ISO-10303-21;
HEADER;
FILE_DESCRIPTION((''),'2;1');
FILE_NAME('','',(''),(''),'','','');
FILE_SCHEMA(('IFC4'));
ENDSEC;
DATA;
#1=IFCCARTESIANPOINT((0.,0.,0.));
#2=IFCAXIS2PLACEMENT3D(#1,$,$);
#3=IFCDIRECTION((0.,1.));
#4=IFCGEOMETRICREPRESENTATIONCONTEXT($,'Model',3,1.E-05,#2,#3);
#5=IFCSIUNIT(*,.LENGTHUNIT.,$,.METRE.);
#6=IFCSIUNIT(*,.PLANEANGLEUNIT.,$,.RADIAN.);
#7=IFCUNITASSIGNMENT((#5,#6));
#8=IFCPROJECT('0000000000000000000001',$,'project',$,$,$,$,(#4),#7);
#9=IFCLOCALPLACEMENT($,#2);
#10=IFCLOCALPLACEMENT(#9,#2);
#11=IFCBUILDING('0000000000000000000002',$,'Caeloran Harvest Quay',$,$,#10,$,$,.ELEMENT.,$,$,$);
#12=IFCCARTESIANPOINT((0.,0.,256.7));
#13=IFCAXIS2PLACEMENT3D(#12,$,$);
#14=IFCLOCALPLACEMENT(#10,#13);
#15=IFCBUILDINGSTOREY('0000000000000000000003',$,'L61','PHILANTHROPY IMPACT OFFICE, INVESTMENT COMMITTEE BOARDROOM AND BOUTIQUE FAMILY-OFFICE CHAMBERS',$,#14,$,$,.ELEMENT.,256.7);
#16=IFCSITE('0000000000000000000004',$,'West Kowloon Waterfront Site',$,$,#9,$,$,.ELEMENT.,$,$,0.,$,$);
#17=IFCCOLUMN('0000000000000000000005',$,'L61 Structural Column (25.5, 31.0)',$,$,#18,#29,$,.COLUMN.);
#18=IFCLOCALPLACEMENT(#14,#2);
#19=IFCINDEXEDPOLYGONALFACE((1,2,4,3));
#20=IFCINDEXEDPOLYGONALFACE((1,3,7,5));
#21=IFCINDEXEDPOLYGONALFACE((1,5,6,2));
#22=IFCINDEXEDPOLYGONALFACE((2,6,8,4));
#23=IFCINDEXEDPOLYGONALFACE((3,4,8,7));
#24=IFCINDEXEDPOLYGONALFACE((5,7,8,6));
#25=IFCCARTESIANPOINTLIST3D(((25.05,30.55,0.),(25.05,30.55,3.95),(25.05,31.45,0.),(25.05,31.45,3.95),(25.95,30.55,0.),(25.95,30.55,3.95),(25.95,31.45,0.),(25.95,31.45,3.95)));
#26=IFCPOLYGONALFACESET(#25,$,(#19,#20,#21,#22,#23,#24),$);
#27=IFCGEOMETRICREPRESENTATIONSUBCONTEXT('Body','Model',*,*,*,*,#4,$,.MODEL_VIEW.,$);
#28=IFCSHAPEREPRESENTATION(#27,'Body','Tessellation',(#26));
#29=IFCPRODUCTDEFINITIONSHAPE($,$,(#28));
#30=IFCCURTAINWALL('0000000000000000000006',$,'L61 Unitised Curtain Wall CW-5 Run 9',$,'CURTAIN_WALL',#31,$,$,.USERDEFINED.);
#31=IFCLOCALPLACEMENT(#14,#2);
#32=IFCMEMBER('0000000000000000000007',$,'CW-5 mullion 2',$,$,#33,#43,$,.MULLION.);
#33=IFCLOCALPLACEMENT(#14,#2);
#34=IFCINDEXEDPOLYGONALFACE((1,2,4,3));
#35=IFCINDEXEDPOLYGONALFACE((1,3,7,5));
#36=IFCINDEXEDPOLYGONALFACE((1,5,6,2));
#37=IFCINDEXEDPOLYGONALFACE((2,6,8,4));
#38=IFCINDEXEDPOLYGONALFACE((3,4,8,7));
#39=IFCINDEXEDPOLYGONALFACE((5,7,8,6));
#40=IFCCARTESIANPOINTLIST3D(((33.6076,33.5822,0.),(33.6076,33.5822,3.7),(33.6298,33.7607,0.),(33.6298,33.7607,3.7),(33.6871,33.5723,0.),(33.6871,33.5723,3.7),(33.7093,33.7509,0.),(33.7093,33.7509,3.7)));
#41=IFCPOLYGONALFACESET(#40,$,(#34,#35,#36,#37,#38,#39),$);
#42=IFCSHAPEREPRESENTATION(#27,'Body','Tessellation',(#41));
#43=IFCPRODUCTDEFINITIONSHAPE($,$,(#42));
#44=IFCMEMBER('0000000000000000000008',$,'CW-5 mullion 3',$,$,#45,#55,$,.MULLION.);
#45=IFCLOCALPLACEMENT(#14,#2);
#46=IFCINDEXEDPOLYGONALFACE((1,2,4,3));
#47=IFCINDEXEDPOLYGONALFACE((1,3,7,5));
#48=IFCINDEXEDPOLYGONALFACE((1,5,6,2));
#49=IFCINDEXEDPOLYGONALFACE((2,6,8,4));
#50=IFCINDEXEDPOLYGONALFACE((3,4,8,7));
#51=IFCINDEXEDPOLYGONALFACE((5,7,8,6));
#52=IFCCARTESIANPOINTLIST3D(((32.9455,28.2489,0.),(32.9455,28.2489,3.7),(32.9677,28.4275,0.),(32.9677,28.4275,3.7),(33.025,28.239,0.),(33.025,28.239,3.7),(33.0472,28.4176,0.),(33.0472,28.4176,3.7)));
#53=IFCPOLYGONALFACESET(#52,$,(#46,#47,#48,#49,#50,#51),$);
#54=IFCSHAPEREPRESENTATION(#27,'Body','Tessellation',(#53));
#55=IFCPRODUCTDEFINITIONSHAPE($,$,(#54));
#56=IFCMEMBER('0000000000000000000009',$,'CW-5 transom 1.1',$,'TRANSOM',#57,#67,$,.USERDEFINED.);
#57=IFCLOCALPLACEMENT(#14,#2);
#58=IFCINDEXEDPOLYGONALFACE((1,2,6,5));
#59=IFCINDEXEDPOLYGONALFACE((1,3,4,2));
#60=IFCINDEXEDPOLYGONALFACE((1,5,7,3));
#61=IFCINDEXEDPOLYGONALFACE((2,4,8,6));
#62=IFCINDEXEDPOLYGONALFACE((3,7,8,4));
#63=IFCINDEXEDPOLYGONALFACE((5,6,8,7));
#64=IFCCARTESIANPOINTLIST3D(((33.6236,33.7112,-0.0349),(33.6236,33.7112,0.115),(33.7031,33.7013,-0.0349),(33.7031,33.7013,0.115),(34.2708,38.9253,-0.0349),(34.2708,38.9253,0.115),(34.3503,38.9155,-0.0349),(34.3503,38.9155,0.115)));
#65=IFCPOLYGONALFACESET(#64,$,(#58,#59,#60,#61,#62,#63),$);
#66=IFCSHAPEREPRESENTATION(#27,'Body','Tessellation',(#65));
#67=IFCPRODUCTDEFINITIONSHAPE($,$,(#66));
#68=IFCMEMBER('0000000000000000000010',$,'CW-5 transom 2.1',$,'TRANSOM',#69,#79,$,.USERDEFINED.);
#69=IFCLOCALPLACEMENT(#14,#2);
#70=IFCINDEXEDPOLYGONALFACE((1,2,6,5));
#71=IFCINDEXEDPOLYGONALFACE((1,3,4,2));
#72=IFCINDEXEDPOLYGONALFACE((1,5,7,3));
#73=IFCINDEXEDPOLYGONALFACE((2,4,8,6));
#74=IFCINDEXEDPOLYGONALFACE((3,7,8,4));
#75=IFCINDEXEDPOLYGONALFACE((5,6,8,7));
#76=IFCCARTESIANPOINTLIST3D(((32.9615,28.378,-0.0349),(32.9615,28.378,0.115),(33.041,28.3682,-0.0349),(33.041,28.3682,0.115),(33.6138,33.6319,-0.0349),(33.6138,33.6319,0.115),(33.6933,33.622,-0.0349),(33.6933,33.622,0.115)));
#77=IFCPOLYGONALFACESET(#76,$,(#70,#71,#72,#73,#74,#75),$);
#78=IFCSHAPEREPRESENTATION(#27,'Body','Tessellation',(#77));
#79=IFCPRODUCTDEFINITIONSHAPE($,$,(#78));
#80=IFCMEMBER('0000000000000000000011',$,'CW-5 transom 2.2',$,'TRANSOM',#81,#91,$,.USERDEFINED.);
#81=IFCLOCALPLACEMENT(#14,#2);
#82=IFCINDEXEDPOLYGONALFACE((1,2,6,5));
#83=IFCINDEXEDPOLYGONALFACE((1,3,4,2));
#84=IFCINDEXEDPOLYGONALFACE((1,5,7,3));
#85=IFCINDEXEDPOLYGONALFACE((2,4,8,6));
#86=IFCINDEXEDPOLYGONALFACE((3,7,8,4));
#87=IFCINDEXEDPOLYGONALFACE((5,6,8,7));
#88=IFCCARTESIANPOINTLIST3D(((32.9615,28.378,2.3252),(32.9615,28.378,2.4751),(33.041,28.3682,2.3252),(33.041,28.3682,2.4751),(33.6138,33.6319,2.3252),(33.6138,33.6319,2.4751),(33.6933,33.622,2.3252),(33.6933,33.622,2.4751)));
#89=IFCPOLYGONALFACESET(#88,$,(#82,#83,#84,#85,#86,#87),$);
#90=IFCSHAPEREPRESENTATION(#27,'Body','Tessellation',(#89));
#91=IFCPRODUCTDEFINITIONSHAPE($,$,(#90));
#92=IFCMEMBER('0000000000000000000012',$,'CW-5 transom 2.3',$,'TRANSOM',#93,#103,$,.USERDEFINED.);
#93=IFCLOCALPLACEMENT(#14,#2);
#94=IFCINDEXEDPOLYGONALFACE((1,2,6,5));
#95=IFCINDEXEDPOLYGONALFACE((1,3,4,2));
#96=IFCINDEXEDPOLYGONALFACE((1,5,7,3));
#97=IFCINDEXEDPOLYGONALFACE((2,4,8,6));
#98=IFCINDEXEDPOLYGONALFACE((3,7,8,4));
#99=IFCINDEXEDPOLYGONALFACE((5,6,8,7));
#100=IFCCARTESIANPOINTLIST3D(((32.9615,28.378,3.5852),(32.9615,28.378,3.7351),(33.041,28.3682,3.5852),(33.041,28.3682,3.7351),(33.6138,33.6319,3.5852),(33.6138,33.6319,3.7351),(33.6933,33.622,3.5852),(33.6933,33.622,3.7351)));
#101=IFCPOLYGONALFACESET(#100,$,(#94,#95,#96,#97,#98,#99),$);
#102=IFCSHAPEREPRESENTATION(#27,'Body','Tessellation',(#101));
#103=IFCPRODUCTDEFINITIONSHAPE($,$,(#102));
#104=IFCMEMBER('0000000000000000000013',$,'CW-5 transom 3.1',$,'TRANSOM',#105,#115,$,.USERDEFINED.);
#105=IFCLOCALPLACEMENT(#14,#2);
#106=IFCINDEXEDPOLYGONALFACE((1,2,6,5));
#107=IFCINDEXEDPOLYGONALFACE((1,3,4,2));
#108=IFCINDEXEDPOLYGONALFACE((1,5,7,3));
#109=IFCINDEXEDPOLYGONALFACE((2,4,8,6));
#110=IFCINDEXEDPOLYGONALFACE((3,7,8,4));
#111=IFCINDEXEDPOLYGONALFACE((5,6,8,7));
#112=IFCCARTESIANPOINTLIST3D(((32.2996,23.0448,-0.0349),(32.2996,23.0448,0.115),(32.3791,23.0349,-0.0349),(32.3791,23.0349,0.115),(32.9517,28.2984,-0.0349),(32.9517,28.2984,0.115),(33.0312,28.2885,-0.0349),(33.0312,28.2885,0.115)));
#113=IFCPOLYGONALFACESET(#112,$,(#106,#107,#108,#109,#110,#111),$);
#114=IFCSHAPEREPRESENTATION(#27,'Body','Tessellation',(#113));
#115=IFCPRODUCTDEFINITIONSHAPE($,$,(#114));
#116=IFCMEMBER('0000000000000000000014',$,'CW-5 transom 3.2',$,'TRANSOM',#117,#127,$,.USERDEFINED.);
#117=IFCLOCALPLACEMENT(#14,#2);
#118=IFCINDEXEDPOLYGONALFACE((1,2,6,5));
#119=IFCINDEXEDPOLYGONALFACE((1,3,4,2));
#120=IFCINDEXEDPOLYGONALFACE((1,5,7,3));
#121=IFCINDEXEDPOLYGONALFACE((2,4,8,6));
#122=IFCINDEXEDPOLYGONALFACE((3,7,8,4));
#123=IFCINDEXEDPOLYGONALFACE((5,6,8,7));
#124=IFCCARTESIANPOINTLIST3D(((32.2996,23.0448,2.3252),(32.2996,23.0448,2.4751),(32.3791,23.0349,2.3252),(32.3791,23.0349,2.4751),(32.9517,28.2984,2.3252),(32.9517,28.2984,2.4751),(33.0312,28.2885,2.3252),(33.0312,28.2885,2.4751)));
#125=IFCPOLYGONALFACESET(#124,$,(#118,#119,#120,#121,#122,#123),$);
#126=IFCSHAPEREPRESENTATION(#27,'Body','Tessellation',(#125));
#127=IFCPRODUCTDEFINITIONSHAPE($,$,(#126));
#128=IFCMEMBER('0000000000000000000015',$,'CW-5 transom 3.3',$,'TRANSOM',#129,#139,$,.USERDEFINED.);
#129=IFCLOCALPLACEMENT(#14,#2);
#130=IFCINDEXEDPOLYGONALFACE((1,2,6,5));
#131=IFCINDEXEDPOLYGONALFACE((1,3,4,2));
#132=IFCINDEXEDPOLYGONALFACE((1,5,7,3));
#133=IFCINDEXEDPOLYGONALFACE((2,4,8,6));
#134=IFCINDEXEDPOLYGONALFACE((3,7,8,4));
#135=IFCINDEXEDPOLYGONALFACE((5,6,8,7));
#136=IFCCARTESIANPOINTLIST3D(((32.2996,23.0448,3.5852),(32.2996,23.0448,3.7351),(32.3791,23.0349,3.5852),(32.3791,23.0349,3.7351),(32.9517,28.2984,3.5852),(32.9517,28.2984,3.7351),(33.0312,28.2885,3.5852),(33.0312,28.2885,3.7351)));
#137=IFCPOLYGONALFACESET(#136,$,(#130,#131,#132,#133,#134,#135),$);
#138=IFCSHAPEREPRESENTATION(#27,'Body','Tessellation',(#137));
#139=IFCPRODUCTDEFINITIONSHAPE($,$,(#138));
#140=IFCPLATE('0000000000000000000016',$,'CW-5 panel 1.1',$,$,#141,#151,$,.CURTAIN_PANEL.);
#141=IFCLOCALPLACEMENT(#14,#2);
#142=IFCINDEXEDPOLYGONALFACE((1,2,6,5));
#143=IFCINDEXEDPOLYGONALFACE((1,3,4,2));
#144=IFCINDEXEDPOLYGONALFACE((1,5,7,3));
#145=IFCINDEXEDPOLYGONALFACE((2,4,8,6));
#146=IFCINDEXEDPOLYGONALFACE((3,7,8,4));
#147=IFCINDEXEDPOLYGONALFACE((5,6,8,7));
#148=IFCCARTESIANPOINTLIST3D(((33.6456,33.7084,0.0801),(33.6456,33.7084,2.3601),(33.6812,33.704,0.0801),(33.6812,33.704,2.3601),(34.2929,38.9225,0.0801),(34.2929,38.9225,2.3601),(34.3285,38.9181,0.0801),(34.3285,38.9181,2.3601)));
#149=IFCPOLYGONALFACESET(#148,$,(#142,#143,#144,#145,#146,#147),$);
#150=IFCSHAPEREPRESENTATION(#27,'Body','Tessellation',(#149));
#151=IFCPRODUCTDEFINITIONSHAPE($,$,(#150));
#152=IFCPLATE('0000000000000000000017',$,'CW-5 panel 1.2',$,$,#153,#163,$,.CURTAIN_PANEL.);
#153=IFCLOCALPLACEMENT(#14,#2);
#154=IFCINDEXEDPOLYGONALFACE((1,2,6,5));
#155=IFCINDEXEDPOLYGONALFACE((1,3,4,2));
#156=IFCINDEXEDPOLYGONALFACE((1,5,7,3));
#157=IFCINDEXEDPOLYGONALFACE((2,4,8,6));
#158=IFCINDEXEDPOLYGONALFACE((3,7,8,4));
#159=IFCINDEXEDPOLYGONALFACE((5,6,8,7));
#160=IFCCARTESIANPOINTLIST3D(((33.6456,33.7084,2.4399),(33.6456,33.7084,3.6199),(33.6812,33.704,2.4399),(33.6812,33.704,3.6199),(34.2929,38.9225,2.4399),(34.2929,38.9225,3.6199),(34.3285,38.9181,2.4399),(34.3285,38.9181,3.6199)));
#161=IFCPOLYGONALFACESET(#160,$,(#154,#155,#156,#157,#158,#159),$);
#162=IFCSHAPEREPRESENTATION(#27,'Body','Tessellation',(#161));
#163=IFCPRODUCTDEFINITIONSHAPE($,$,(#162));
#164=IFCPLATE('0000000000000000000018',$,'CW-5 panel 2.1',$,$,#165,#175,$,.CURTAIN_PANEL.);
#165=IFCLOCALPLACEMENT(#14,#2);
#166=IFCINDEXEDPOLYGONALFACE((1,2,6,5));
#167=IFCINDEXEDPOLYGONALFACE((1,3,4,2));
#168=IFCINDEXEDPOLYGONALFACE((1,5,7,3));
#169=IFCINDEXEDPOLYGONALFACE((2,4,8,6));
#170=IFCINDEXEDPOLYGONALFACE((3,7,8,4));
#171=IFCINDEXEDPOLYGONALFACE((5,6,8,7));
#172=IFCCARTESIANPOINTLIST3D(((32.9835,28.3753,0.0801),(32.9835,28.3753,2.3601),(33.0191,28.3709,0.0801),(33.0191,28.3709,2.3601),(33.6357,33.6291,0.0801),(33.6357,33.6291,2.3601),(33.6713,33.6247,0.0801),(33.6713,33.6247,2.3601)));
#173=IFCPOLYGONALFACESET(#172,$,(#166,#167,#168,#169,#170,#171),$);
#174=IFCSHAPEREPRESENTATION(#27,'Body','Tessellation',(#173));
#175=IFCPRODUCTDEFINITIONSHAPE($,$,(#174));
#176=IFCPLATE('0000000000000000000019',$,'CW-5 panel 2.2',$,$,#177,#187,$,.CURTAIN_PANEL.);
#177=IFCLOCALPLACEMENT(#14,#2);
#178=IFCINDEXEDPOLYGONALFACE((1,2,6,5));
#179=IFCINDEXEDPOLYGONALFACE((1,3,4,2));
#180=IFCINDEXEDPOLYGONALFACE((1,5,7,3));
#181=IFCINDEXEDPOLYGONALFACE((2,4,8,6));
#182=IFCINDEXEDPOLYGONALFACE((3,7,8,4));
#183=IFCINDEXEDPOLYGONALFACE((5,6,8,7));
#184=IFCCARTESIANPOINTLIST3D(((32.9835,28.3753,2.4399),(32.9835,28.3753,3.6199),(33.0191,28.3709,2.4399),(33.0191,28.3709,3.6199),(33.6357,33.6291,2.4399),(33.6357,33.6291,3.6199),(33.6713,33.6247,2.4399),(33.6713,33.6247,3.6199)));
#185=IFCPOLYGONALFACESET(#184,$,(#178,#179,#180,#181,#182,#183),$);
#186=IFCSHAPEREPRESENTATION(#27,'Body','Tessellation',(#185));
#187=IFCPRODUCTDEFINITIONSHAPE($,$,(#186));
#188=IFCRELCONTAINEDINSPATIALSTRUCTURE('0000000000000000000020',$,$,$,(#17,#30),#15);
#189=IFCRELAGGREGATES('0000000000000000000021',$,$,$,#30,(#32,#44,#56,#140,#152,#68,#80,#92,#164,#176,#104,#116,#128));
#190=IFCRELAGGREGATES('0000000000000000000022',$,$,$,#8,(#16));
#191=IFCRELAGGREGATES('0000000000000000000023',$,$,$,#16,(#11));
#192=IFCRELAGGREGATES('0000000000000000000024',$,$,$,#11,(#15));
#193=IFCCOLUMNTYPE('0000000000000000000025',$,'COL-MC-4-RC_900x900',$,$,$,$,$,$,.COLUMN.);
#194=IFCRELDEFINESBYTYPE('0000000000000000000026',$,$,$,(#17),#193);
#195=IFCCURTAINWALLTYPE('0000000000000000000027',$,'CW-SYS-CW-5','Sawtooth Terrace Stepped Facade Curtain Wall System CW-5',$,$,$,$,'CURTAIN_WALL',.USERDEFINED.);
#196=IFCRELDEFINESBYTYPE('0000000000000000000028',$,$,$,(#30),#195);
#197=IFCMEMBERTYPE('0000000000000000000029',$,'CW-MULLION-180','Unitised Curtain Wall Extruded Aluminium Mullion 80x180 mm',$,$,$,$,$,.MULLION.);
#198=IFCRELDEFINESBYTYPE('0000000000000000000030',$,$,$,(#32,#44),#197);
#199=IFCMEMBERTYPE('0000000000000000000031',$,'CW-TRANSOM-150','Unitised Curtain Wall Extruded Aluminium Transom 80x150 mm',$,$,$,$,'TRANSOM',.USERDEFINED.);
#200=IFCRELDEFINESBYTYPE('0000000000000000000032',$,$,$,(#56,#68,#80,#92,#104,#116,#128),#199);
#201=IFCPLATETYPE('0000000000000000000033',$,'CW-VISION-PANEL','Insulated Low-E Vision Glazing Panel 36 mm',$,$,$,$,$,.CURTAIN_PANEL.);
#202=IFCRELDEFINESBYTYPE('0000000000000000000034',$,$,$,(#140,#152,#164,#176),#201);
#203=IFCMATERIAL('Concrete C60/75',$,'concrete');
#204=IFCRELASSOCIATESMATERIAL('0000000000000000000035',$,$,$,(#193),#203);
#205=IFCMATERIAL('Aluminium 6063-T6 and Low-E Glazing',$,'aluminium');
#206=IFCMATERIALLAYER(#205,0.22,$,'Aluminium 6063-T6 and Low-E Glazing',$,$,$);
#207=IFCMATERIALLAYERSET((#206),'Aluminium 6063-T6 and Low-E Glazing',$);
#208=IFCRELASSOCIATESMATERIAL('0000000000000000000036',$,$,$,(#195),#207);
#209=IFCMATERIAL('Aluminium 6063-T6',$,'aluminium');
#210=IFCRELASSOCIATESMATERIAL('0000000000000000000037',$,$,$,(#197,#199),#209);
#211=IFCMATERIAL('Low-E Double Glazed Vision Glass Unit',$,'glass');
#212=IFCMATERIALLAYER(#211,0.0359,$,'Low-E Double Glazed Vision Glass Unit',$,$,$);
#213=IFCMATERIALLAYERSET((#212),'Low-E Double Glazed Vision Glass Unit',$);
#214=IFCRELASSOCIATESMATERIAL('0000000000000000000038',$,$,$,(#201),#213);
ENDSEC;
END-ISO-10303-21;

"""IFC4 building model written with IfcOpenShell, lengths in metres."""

from ifc_helpers import new_model, si_unit, direction, frame, origin, origin_2d, place, context, subcontext, project, spatial, rectangle, extrude, material, layer, layer_set, material_profile, profile_set, type_object, element, aggregate, save


model = new_model("IFC4")

# Units and contexts
model_context = context("Model", 3, precision=1e-05, world=origin(), true_north=direction((0.0, 1.0)))
body_context = subcontext(model_context, "Body", "Model", "MODEL_VIEW")
ifc_project = project(units=[si_unit("LENGTHUNIT", "METRE"), si_unit("PLANEANGLEUNIT", "RADIAN")], contexts=[model_context])

# Site, building, storey
site_placement = place(None, origin())
site = spatial("IfcSite", under=ifc_project, at=site_placement, Name="West Kowloon Waterfront Site", CompositionType="ELEMENT", RefElevation=0.0)
building_placement = place(site_placement, origin())
building = spatial("IfcBuilding", under=site, at=building_placement, Name="Caeloran Harvest Quay", CompositionType="ELEMENT")
storey_placement = place(building_placement, frame((0.0, 0.0, 256.7)))
storey = spatial("IfcBuildingStorey", under=building, at=storey_placement, Name="L61", Description="PHILANTHROPY IMPACT OFFICE, INVESTMENT COMMITTEE BOARDROOM AND BOUTIQUE FAMILY-OFFICE CHAMBERS", CompositionType="ELEMENT", Elevation=256.7)

# Column
ifc_material_1 = material(Name="Concrete C60/75", Category="concrete")
ifc_material_profile_1 = material_profile(ifc_material_1, rectangle(XDim=0.8999, YDim=0.8999, at=origin_2d()), Name="RC 900x900")
ifc_profile_set_1 = profile_set([ifc_material_profile_1], Name="Concrete C60/75")
column_type = type_object("IfcColumnType", Name="COL-MC-4-RC_900x900", PredefinedType="COLUMN", material=ifc_profile_set_1)
column_placement = place(storey_placement, frame((25.5, 31.0, 0.0), z_axis=(0.0, 0.0, 1.0), x_axis=(1.0, 0.0, 0.0)))
element("IfcColumn", 1, at=column_placement, inside=storey, type_object=column_type, Name="L61 Structural Column (25.5, 31.0)", PredefinedType="COLUMN", context=body_context, shape_type="SweptSolid", body=[
    extrude(rectangle(XDim=0.8999, YDim=0.8999, at=origin_2d()), origin(), (0.0, 0.0, 1.0), 3.95),
])

# Curtain wall, members, plates
ifc_material_2 = material(Name="Aluminium 6063-T6 and Low-E Glazing", Category="aluminium")
ifc_layer_1 = layer(ifc_material_2, 0.22, Name="Aluminium 6063-T6 and Low-E Glazing")
ifc_layer_set_1 = layer_set([ifc_layer_1], Name="Aluminium 6063-T6 and Low-E Glazing")
curtain_wall_type = type_object("IfcCurtainWallType", Name="CW-SYS-CW-5", Description="Sawtooth Terrace Stepped Facade Curtain Wall System CW-5", ElementType="CURTAIN_WALL", PredefinedType="USERDEFINED", material=ifc_layer_set_1)
curtain_wall_placement = place(storey_placement, origin())
curtain_wall = element("IfcCurtainWall", 2, at=curtain_wall_placement, inside=storey, type_object=curtain_wall_type, Name="L61 Unitised Curtain Wall CW-5 Run 9", ObjectType="CURTAIN_WALL", PredefinedType="USERDEFINED")
ifc_material_3 = material(Name="Aluminium 6063-T6", Category="aluminium")
ifc_material_profile_2 = material_profile(ifc_material_3, rectangle(XDim=0.0801, YDim=0.1799, at=origin_2d()), Name="CW-MULLION-180")
ifc_profile_set_2 = profile_set([ifc_material_profile_2], Name="Aluminium 6063-T6")
member_type_1 = type_object("IfcMemberType", Name="CW-MULLION-180", Description="Unitised Curtain Wall Extruded Aluminium Mullion 80x180 mm", PredefinedType="MULLION", material=ifc_profile_set_2)
member_1_placement = place(storey_placement, frame((33.6584, 33.6665, 0.0), z_axis=(0.0, 0.0, 1.0), x_axis=(0.992383, -0.12319, 0.0)))
member_1 = element("IfcMember", 3, at=member_1_placement, type_object=member_type_1, Name="CW-5 mullion 2", PredefinedType="MULLION", context=body_context, shape_type="SweptSolid", body=[
    extrude(rectangle(XDim=0.0801, YDim=0.1799, at=origin_2d()), origin(), (0.0, 0.0, 1.0), 3.7),
])
member_2_placement = place(storey_placement, frame((32.9963, 28.3333, 0.0), z_axis=(0.0, 0.0, 1.0), x_axis=(0.992383, -0.12319, 0.0)))
member_2 = element("IfcMember", 4, at=member_2_placement, type_object=member_type_1, Name="CW-5 mullion 3", PredefinedType="MULLION", context=body_context, shape_type="SweptSolid", body=[
    extrude(rectangle(XDim=0.0801, YDim=0.1799, at=origin_2d()), origin(), (0.0, 0.0, 1.0), 3.7),
])
ifc_material_profile_3 = material_profile(ifc_material_3, rectangle(XDim=0.0801, YDim=0.1499, at=origin_2d()), Name="CW-TRANSOM-150")
ifc_profile_set_3 = profile_set([ifc_material_profile_3], Name="Aluminium 6063-T6")
member_type_2 = type_object("IfcMemberType", Name="CW-TRANSOM-150", Description="Unitised Curtain Wall Extruded Aluminium Transom 80x150 mm", ElementType="TRANSOM", PredefinedType="USERDEFINED", material=ifc_profile_set_3)
member_3_placement = place(storey_placement, frame((34.3105, 38.9204, 0.04), z_axis=(-0.123183, -0.992384, 0.0), x_axis=(0.992384, -0.123183, 0.0)))
member_3 = element("IfcMember", 5, at=member_3_placement, type_object=member_type_2, Name="CW-5 transom 1.1", ObjectType="TRANSOM", PredefinedType="USERDEFINED", context=body_context, shape_type="SweptSolid", body=[
    extrude(rectangle(XDim=0.0801, YDim=0.1499, at=origin_2d()), origin(), (0.0, 0.0, 1.0), 5.2542),
])
member_4_placement = place(storey_placement, frame((33.6536, 33.627, 0.04), z_axis=(-0.123217, -0.99238, 0.0), x_axis=(0.99238, -0.123217, 0.0)))
member_4 = element("IfcMember", 6, at=member_4_placement, type_object=member_type_2, Name="CW-5 transom 2.1", ObjectType="TRANSOM", PredefinedType="USERDEFINED", context=body_context, shape_type="SweptSolid", body=[
    extrude(rectangle(XDim=0.0801, YDim=0.1499, at=origin_2d()), origin(), (0.0, 0.0, 1.0), 5.2942),
])
member_5_placement = place(storey_placement, frame((33.6536, 33.627, 2.4001), z_axis=(-0.123217, -0.99238, 0.0), x_axis=(0.99238, -0.123217, 0.0)))
member_5 = element("IfcMember", 7, at=member_5_placement, type_object=member_type_2, Name="CW-5 transom 2.2", ObjectType="TRANSOM", PredefinedType="USERDEFINED", context=body_context, shape_type="SweptSolid", body=[
    extrude(rectangle(XDim=0.0801, YDim=0.1499, at=origin_2d()), origin(), (0.0, 0.0, 1.0), 5.2942),
])
member_6_placement = place(storey_placement, frame((33.6536, 33.627, 3.6602), z_axis=(-0.123217, -0.99238, 0.0), x_axis=(0.99238, -0.123217, 0.0)))
member_6 = element("IfcMember", 8, at=member_6_placement, type_object=member_type_2, Name="CW-5 transom 2.3", ObjectType="TRANSOM", PredefinedType="USERDEFINED", context=body_context, shape_type="SweptSolid", body=[
    extrude(rectangle(XDim=0.0801, YDim=0.1499, at=origin_2d()), origin(), (0.0, 0.0, 1.0), 5.2942),
])
member_7_placement = place(storey_placement, frame((32.9915, 28.2935, 0.04), z_axis=(-0.123178, -0.992385, 0.0), x_axis=(0.992385, -0.123178, 0.0)))
member_7 = element("IfcMember", 9, at=member_7_placement, type_object=member_type_2, Name="CW-5 transom 3.1", ObjectType="TRANSOM", PredefinedType="USERDEFINED", context=body_context, shape_type="SweptSolid", body=[
    extrude(rectangle(XDim=0.0801, YDim=0.1499, at=origin_2d()), origin(), (0.0, 0.0, 1.0), 5.2939),
])
member_8_placement = place(storey_placement, frame((32.9915, 28.2935, 2.4001), z_axis=(-0.123178, -0.992385, 0.0), x_axis=(0.992385, -0.123178, 0.0)))
member_8 = element("IfcMember", 10, at=member_8_placement, type_object=member_type_2, Name="CW-5 transom 3.2", ObjectType="TRANSOM", PredefinedType="USERDEFINED", context=body_context, shape_type="SweptSolid", body=[
    extrude(rectangle(XDim=0.0801, YDim=0.1499, at=origin_2d()), origin(), (0.0, 0.0, 1.0), 5.2939),
])
member_9_placement = place(storey_placement, frame((32.9915, 28.2935, 3.6602), z_axis=(-0.123178, -0.992385, 0.0), x_axis=(0.992385, -0.123178, 0.0)))
member_9 = element("IfcMember", 11, at=member_9_placement, type_object=member_type_2, Name="CW-5 transom 3.3", ObjectType="TRANSOM", PredefinedType="USERDEFINED", context=body_context, shape_type="SweptSolid", body=[
    extrude(rectangle(XDim=0.0801, YDim=0.1499, at=origin_2d()), origin(), (0.0, 0.0, 1.0), 5.2939),
])
ifc_material_4 = material(Name="Low-E Double Glazed Vision Glass Unit", Category="glass")
ifc_layer_2 = layer(ifc_material_4, 0.0359, Name="Low-E Double Glazed Vision Glass Unit")
ifc_layer_set_2 = layer_set([ifc_layer_2], Name="Low-E Double Glazed Vision Glass Unit")
plate_type = type_object("IfcPlateType", Name="CW-VISION-PANEL", Description="Insulated Low-E Vision Glazing Panel 36 mm", PredefinedType="CURTAIN_PANEL", material=ifc_layer_set_2)
plate_1_placement = place(storey_placement, frame((33.9871, 36.3132, 0.0801), z_axis=(0.0, 0.0, 1.0), x_axis=(-0.12319, -0.992383, 0.0)))
plate_1 = element("IfcPlate", 12, at=plate_1_placement, type_object=plate_type, Name="CW-5 panel 1.1", PredefinedType="CURTAIN_PANEL", context=body_context, shape_type="SweptSolid", body=[
    extrude(rectangle(XDim=5.2542, YDim=0.0359, at=origin_2d()), origin(), (0.0, 0.0, 1.0), 2.28),
])
plate_2_placement = place(storey_placement, frame((33.9871, 36.3132, 2.4399), z_axis=(0.0, 0.0, 1.0), x_axis=(-0.12319, -0.992383, 0.0)))
plate_2 = element("IfcPlate", 13, at=plate_2_placement, type_object=plate_type, Name="CW-5 panel 1.2", PredefinedType="CURTAIN_PANEL", context=body_context, shape_type="SweptSolid", body=[
    extrude(rectangle(XDim=5.2542, YDim=0.0359, at=origin_2d()), origin(), (0.0, 0.0, 1.0), 1.1799),
])
plate_3_placement = place(storey_placement, frame((33.3274, 31.0, 0.0801), z_axis=(0.0, 0.0, 1.0), x_axis=(-0.12319, -0.992383, 0.0)))
plate_3 = element("IfcPlate", 14, at=plate_3_placement, type_object=plate_type, Name="CW-5 panel 2.1", PredefinedType="CURTAIN_PANEL", context=body_context, shape_type="SweptSolid", body=[
    extrude(rectangle(XDim=5.2942, YDim=0.0359, at=origin_2d()), origin(), (0.0, 0.0, 1.0), 2.28),
])
plate_4_placement = place(storey_placement, frame((33.3274, 31.0, 2.4399), z_axis=(0.0, 0.0, 1.0), x_axis=(-0.12319, -0.992383, 0.0)))
plate_4 = element("IfcPlate", 15, at=plate_4_placement, type_object=plate_type, Name="CW-5 panel 2.2", PredefinedType="CURTAIN_PANEL", context=body_context, shape_type="SweptSolid", body=[
    extrude(rectangle(XDim=5.2942, YDim=0.0359, at=origin_2d()), origin(), (0.0, 0.0, 1.0), 1.1799),
])
aggregate(curtain_wall, [member_1, member_2, member_3, plate_1, plate_2, member_4, member_5, member_6, plate_3, plate_4, member_7, member_8, member_9])

save(model, "model.ifc")
